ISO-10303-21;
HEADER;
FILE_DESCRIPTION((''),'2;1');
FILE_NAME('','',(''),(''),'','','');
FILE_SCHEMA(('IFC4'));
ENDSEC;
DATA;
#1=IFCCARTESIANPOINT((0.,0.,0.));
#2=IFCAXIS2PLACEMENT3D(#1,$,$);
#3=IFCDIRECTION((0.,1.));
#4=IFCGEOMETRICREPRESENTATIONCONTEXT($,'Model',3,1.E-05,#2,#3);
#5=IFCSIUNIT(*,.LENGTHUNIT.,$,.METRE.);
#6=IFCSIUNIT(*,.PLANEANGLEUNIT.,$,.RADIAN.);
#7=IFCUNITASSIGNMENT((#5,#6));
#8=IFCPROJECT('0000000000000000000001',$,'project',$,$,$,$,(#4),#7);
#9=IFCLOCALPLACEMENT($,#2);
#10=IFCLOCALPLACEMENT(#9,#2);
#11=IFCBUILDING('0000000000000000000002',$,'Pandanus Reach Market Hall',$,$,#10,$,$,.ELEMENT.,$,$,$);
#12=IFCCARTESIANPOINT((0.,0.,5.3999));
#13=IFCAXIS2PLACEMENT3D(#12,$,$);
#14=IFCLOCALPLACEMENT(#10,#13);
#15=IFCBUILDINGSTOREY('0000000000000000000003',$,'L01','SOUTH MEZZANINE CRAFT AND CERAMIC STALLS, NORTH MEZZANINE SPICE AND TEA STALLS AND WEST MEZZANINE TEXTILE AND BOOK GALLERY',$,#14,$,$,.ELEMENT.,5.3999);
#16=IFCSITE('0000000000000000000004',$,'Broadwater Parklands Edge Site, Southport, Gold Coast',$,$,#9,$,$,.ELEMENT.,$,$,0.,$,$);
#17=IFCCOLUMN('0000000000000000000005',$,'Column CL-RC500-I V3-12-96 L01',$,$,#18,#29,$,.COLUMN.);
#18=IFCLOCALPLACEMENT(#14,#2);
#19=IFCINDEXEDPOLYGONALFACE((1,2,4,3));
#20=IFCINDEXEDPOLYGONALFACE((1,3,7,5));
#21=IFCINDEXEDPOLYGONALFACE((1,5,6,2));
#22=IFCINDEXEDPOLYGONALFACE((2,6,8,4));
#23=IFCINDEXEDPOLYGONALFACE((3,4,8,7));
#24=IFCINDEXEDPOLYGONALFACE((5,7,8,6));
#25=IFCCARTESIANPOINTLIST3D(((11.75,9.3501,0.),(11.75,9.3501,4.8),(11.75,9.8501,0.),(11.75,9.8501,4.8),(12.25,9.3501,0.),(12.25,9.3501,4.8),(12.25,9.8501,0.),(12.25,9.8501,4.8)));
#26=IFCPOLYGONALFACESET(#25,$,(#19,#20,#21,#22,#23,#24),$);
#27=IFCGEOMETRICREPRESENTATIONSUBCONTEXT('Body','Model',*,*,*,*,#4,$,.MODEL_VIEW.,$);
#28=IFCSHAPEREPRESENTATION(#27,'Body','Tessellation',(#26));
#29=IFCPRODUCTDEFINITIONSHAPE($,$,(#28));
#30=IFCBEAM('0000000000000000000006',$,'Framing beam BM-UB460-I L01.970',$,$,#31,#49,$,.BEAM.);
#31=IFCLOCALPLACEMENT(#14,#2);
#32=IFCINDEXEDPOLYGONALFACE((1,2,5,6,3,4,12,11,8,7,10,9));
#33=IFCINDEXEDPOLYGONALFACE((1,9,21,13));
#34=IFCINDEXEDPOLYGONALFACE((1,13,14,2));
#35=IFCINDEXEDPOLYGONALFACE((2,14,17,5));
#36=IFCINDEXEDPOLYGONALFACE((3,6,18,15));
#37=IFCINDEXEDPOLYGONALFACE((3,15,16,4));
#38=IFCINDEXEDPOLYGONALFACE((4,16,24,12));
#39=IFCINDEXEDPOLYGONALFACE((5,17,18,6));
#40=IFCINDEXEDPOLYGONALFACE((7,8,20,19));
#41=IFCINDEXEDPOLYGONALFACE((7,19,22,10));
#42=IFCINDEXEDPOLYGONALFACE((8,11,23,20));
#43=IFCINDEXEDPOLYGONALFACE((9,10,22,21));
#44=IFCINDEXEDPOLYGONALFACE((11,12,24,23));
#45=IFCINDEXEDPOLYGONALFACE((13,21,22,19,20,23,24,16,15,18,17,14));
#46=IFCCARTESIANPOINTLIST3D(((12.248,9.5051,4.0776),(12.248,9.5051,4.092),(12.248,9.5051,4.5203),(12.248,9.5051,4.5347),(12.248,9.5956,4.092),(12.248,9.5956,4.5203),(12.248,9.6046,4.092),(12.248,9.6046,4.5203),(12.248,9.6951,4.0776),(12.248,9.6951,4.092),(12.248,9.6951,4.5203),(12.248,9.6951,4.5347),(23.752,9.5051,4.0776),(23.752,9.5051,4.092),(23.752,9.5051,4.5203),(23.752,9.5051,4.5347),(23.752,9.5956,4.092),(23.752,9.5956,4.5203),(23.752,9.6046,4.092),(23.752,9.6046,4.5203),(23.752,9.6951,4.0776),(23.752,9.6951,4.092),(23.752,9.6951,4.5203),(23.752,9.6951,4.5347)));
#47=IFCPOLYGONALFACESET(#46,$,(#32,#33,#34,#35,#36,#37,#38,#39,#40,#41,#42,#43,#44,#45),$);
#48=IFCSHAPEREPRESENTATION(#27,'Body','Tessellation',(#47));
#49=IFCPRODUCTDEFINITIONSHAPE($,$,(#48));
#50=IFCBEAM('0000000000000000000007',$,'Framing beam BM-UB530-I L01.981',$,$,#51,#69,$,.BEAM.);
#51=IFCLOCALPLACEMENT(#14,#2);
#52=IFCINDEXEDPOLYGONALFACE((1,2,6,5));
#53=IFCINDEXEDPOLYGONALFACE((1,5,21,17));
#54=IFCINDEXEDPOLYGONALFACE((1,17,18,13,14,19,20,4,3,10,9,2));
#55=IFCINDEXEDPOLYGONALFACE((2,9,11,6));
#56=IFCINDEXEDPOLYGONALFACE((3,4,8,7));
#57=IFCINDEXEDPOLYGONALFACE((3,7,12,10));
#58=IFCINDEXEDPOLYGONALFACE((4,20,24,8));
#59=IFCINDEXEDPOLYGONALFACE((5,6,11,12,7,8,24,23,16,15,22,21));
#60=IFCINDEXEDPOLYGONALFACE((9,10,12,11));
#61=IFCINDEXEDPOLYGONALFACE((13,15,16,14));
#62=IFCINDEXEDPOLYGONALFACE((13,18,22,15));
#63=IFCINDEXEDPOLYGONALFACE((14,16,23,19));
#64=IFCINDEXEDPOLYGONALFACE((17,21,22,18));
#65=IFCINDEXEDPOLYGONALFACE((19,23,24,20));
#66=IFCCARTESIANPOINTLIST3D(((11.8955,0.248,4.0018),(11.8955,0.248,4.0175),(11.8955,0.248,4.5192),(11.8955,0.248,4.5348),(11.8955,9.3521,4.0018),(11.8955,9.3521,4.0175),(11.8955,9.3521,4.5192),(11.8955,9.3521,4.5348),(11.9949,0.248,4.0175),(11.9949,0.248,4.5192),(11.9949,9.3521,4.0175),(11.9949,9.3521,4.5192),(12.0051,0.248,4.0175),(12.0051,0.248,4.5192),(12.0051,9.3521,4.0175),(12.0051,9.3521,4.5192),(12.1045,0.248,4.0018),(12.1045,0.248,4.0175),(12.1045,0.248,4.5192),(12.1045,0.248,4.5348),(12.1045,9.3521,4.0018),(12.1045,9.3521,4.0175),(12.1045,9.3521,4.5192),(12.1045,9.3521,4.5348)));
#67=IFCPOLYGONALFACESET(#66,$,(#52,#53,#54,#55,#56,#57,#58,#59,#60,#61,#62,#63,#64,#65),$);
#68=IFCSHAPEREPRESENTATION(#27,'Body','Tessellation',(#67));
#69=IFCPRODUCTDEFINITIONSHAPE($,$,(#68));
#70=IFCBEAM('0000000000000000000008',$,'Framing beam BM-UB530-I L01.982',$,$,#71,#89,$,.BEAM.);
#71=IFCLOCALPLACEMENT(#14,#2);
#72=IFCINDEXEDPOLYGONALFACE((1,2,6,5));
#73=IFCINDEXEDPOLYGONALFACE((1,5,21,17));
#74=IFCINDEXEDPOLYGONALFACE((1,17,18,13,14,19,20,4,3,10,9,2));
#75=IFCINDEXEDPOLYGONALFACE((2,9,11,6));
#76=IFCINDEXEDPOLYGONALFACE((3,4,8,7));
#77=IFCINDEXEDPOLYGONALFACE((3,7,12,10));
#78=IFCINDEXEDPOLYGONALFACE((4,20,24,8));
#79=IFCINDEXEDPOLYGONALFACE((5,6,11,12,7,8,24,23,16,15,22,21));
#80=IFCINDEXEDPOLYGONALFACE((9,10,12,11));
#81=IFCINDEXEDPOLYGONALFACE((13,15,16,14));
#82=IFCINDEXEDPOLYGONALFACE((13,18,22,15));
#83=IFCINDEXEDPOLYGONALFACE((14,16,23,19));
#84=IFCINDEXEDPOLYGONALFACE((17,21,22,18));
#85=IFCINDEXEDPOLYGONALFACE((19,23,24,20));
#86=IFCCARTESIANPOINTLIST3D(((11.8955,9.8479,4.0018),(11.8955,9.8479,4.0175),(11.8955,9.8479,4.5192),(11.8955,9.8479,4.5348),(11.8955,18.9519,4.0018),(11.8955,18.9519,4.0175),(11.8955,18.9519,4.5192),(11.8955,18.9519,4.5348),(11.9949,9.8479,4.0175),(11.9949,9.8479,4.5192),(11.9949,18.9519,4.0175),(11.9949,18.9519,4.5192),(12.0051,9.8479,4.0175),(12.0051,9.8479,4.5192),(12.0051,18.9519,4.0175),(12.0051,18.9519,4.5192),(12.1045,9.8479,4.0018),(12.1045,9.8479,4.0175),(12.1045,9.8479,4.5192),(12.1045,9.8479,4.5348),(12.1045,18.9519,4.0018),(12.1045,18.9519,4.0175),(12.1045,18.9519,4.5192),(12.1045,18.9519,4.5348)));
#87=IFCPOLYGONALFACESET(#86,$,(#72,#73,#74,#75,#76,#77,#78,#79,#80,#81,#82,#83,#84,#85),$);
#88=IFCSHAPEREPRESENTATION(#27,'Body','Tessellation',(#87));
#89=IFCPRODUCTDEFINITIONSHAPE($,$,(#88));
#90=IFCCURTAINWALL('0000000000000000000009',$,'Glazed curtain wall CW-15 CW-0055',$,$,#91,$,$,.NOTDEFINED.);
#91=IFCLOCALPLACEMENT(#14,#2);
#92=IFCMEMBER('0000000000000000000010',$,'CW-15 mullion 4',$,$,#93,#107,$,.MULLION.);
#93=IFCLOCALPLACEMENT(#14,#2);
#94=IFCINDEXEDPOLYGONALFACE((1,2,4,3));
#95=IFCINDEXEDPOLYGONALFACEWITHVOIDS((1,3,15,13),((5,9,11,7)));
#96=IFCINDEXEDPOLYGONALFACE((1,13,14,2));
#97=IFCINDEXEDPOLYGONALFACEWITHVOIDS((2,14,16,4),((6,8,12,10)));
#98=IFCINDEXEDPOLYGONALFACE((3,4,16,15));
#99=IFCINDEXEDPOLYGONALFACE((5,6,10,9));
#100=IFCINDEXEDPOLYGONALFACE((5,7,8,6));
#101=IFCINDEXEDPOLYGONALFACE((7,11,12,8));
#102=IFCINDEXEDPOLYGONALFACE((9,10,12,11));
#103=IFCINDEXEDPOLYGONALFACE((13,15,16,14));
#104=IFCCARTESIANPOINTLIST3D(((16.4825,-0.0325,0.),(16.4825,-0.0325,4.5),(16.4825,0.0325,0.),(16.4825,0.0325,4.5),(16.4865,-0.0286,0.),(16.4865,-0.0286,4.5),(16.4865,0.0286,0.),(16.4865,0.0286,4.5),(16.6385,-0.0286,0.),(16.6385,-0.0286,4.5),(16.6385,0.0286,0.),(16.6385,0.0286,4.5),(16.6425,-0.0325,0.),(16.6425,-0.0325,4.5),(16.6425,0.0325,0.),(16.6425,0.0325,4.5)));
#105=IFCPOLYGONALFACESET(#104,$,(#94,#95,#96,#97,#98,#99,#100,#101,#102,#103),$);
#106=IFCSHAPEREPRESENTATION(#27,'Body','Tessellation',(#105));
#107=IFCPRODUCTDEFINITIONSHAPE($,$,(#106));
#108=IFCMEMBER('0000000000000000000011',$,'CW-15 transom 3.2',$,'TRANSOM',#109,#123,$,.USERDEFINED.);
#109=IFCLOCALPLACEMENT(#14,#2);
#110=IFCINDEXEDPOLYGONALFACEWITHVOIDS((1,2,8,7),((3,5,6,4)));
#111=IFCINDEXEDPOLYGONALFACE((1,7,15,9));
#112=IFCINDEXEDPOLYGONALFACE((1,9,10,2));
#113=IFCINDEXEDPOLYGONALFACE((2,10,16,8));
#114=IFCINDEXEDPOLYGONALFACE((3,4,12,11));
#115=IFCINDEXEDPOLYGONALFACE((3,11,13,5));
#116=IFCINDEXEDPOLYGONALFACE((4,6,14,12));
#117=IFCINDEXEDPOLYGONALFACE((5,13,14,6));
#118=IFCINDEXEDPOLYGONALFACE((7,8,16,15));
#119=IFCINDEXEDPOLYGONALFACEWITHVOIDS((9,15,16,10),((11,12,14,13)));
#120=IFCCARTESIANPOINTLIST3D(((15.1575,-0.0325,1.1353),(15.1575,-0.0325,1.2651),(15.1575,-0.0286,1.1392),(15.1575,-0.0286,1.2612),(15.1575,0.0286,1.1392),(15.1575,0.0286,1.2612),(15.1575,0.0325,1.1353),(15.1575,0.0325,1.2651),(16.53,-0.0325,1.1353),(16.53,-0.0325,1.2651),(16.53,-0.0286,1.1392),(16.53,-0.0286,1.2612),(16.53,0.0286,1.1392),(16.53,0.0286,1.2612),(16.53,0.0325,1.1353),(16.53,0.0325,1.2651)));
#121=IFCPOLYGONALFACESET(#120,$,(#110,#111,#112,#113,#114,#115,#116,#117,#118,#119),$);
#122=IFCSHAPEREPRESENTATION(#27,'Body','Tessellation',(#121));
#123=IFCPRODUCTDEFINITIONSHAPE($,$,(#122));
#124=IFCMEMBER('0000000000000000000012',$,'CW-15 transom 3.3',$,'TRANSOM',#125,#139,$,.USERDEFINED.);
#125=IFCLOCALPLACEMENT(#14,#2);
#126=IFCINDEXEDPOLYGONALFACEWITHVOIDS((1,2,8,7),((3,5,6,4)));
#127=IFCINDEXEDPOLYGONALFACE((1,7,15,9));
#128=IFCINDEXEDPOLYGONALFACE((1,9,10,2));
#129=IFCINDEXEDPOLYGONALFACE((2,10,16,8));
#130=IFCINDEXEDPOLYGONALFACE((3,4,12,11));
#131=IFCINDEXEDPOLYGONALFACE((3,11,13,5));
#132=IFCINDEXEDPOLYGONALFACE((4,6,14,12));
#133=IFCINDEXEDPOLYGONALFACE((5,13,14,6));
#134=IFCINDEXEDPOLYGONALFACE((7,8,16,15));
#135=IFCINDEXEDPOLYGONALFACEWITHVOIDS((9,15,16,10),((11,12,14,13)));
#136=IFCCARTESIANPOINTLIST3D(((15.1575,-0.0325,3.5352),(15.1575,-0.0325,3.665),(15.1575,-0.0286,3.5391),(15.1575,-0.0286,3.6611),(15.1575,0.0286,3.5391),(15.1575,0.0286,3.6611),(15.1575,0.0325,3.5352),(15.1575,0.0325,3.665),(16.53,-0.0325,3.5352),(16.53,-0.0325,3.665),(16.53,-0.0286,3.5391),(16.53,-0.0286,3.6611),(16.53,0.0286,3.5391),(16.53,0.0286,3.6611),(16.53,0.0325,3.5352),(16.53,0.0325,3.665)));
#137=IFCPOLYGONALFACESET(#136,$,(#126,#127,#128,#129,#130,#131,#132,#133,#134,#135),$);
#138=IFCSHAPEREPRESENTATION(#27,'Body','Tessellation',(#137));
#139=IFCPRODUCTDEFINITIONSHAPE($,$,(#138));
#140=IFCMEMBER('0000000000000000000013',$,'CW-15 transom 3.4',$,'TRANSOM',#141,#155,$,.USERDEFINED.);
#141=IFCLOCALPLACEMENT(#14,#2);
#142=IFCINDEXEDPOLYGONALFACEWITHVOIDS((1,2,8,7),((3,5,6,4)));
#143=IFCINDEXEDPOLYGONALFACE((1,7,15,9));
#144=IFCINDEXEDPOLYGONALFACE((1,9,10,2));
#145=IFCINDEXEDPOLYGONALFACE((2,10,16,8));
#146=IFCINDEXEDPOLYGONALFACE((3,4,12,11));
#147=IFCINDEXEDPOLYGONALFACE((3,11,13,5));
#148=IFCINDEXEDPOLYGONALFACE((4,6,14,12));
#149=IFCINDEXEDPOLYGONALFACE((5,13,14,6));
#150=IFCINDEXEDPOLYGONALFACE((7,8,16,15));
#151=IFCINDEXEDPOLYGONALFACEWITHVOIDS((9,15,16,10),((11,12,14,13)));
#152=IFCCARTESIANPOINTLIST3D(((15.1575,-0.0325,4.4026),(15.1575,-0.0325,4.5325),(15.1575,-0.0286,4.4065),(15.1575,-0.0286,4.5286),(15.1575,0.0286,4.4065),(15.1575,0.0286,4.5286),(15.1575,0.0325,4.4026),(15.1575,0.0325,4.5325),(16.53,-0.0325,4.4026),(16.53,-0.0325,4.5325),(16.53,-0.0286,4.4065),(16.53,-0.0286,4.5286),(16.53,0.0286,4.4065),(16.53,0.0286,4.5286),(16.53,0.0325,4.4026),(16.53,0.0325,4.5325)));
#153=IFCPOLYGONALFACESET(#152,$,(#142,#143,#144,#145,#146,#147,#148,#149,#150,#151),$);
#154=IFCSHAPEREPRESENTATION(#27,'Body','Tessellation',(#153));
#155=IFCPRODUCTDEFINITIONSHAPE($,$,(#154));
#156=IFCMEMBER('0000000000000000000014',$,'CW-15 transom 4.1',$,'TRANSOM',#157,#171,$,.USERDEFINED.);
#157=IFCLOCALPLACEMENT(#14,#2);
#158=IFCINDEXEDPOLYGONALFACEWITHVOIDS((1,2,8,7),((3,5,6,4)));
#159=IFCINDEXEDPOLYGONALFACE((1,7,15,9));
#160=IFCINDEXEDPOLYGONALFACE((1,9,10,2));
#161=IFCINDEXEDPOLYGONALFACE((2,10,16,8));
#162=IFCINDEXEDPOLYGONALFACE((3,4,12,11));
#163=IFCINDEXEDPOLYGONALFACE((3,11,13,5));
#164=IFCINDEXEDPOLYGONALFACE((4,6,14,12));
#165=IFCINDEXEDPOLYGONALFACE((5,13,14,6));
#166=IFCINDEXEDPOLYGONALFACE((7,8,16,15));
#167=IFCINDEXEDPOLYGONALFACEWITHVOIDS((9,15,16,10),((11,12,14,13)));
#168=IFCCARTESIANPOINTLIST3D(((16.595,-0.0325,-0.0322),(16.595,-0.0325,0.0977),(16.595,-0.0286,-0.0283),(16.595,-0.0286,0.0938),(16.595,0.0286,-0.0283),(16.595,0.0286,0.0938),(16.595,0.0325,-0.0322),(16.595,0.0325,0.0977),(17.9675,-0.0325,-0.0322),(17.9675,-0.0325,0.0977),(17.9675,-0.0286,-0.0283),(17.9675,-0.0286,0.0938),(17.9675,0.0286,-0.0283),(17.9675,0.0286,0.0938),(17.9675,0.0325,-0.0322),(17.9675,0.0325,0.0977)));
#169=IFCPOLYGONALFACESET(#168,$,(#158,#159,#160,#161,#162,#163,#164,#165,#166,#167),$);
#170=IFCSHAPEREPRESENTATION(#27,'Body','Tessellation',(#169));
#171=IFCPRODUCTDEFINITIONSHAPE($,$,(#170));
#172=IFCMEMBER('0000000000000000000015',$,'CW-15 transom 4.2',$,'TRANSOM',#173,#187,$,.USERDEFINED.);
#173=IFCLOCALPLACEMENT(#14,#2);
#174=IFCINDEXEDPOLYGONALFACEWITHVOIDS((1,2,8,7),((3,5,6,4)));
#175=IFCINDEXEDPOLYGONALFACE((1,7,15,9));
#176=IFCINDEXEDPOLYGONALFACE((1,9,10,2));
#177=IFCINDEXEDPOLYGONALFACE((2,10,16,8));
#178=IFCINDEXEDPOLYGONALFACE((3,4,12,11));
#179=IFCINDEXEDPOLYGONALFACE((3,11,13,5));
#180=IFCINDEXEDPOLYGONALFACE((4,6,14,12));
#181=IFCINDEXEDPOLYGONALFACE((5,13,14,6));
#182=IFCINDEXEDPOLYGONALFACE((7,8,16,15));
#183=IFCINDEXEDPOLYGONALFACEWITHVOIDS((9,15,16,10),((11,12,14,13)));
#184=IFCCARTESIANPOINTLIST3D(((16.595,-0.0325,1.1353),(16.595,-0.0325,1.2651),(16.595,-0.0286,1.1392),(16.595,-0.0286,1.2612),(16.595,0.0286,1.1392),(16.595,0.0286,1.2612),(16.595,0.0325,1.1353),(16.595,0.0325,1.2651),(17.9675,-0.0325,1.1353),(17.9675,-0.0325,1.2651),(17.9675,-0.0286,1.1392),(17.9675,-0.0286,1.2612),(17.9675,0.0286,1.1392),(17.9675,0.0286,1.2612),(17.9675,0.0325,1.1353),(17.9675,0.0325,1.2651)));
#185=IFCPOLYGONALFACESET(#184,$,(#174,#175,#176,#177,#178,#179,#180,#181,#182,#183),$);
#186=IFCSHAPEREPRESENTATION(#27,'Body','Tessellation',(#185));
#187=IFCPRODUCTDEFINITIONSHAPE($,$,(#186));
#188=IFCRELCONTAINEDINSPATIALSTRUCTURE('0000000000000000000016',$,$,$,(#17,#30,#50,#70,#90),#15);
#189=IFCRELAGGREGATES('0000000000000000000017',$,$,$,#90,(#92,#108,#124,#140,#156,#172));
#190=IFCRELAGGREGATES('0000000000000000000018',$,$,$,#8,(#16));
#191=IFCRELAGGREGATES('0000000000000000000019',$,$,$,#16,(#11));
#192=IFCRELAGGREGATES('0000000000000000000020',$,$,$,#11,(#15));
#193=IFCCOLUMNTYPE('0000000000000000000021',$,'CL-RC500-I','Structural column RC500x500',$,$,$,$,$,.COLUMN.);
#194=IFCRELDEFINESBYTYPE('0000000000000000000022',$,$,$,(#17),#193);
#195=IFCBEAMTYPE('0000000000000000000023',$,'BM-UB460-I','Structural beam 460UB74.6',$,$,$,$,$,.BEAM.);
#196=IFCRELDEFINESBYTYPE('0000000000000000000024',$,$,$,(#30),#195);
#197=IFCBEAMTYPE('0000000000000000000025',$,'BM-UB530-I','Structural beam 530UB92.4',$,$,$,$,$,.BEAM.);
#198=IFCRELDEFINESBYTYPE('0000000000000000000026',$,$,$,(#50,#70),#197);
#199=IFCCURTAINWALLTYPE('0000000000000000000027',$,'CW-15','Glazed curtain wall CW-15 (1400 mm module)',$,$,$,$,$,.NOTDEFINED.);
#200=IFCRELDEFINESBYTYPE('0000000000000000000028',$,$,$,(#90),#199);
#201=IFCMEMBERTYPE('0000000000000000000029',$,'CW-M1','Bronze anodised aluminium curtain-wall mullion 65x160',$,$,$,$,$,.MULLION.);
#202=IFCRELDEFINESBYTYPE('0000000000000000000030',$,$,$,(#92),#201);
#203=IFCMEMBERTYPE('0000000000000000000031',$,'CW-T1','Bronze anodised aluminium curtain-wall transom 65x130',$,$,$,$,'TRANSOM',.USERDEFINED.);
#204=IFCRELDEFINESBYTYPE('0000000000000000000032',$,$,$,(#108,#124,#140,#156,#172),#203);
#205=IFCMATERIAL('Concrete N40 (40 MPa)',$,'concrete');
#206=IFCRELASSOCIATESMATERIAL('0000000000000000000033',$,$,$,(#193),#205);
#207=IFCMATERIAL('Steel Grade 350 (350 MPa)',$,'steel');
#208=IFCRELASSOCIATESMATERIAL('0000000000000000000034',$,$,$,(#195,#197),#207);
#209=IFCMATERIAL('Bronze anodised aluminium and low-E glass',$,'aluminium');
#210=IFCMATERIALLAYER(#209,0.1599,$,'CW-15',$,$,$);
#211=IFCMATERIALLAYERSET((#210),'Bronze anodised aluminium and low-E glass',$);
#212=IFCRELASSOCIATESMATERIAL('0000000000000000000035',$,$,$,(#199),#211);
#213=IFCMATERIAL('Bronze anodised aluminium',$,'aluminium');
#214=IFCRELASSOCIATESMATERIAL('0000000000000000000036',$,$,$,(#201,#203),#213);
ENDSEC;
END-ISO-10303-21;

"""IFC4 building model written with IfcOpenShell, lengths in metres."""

from ifc_helpers import new_model, si_unit, direction, frame, origin, origin_2d, place, context, subcontext, project, spatial, rectangle, hollow_rectangle, i_section, extrude, material, layer, layer_set, material_profile, profile_set, type_object, element, aggregate, save


model = new_model("IFC4")

# Units and contexts
model_context = context("Model", 3, precision=1e-05, world=origin(), true_north=direction((0.0, 1.0)))
body_context = subcontext(model_context, "Body", "Model", "MODEL_VIEW")
ifc_project = project(units=[si_unit("LENGTHUNIT", "METRE"), si_unit("PLANEANGLEUNIT", "RADIAN")], contexts=[model_context])

# Site, building, storey
site_placement = place(None, origin())
site = spatial("IfcSite", under=ifc_project, at=site_placement, Name="Broadwater Parklands Edge Site, Southport, Gold Coast", CompositionType="ELEMENT", RefElevation=0.0)
building_placement = place(site_placement, origin())
building = spatial("IfcBuilding", under=site, at=building_placement, Name="Pandanus Reach Market Hall", CompositionType="ELEMENT")
storey_placement = place(building_placement, frame((0.0, 0.0, 5.3999)))
storey = spatial("IfcBuildingStorey", under=building, at=storey_placement, Name="L01", Description="SOUTH MEZZANINE CRAFT AND CERAMIC STALLS, NORTH MEZZANINE SPICE AND TEA STALLS AND WEST MEZZANINE TEXTILE AND BOOK GALLERY", CompositionType="ELEMENT", Elevation=5.3999)

# Column
ifc_material_1 = material(Name="Concrete N40 (40 MPa)", Category="concrete")
ifc_material_profile_1 = material_profile(ifc_material_1, rectangle(XDim=0.5, YDim=0.5, at=origin_2d()), Name="RC500x500", Category="LoadBearing")
ifc_profile_set_1 = profile_set([ifc_material_profile_1], Name="Concrete N40 (40 MPa)")
column_type = type_object("IfcColumnType", Name="CL-RC500-I", Description="Structural column RC500x500", PredefinedType="COLUMN", material=ifc_profile_set_1)
column_placement = place(storey_placement, frame((12.0, 9.6001, 0.0), z_axis=(0.0, 0.0, 1.0), x_axis=(1.0, 0.0, 0.0)))
element("IfcColumn", 1, at=column_placement, inside=storey, type_object=column_type, Name="Column CL-RC500-I V3-12-96 L01", PredefinedType="COLUMN", context=body_context, shape_type="SweptSolid", body=[
    extrude(rectangle(XDim=0.5, YDim=0.5, at=origin_2d()), origin(), (0.0, 0.0, 1.0), 4.8),
])

# Beams
ifc_material_2 = material(Name="Steel Grade 350 (350 MPa)", Category="steel")
ifc_material_profile_2 = material_profile(ifc_material_2, i_section(OverallWidth=0.1899, OverallDepth=0.457, WebThickness=0.009, FlangeThickness=0.0144, at=origin_2d()), Name="460UB74.6", Category="LoadBearing")
ifc_profile_set_2 = profile_set([ifc_material_profile_2], Name="Steel Grade 350 (350 MPa)")
beam_type_1 = type_object("IfcBeamType", Name="BM-UB460-I", Description="Structural beam 460UB74.6", PredefinedType="BEAM", material=ifc_profile_set_2)
beam_1_placement = place(storey_placement, frame((12.248, 9.6001, 4.3062), z_axis=(1.0, 0.0, 0.0), x_axis=(0.0, 1.0, 0.0)))
element("IfcBeam", 2, at=beam_1_placement, inside=storey, type_object=beam_type_1, Name="Framing beam BM-UB460-I L01.970", PredefinedType="BEAM", context=body_context, shape_type="SweptSolid", body=[
    extrude(i_section(OverallWidth=0.1899, OverallDepth=0.457, WebThickness=0.009, FlangeThickness=0.0144, at=origin_2d()), origin(), (0.0, 0.0, 1.0), 11.5039),
])
ifc_material_profile_3 = material_profile(ifc_material_2, i_section(OverallWidth=0.209, OverallDepth=0.533, WebThickness=0.0103, FlangeThickness=0.0156, at=origin_2d()), Name="530UB92.4", Category="LoadBearing")
ifc_profile_set_3 = profile_set([ifc_material_profile_3], Name="Steel Grade 350 (350 MPa)")
beam_type_2 = type_object("IfcBeamType", Name="BM-UB530-I", Description="Structural beam 530UB92.4", PredefinedType="BEAM", material=ifc_profile_set_3)
for number, where, z_axis, x_axis, name in (
    (3, (12.0, 0.248, 4.2683), (0.0, 1.0, 0.0), (-1.0, 0.0, 0.0), "Framing beam BM-UB530-I L01.981"),
    (4, (12.0, 9.8479, 4.2683), (0.0, 1.0, 0.0), (-1.0, 0.0, 0.0), "Framing beam BM-UB530-I L01.982"),
):
    element("IfcBeam", number, at=place(storey_placement, frame(where, z_axis=z_axis, x_axis=x_axis)), inside=storey, type_object=beam_type_2, Name=name, PredefinedType="BEAM", context=body_context, shape_type="SweptSolid", body=[
        extrude(i_section(OverallWidth=0.209, OverallDepth=0.533, WebThickness=0.0103, FlangeThickness=0.0156, at=origin_2d()), origin(), (0.0, 0.0, 1.0), 9.104),
    ])

# Curtain wall, members
ifc_material_3 = material(Name="Bronze anodised aluminium and low-E glass", Category="aluminium")
ifc_layer_1 = layer(ifc_material_3, 0.1599, Name="CW-15")
ifc_layer_set_1 = layer_set([ifc_layer_1], Name="Bronze anodised aluminium and low-E glass")
curtain_wall_type = type_object("IfcCurtainWallType", Name="CW-15", Description="Glazed curtain wall CW-15 (1400 mm module)", PredefinedType="NOTDEFINED", material=ifc_layer_set_1)
curtain_wall_placement = place(storey_placement, origin())
curtain_wall = element("IfcCurtainWall", 5, at=curtain_wall_placement, inside=storey, type_object=curtain_wall_type, Name="Glazed curtain wall CW-15 CW-0055", PredefinedType="NOTDEFINED")
ifc_material_4 = material(Name="Bronze anodised aluminium", Category="aluminium")
ifc_material_profile_4 = material_profile(ifc_material_4, hollow_rectangle(XDim=0.0649, YDim=0.1599, WallThickness=0.0039, at=origin_2d()), Name="ALU65x160", Category="LoadBearing")
ifc_profile_set_4 = profile_set([ifc_material_profile_4], Name="Bronze anodised aluminium")
member_type_1 = type_object("IfcMemberType", Name="CW-M1", Description="Bronze anodised aluminium curtain-wall mullion 65x160", PredefinedType="MULLION", material=ifc_profile_set_4)
member_1_placement = place(storey_placement, frame((16.5625, 0.0, 0.0), z_axis=(0.0, 0.0, 1.0), x_axis=(0.0, 1.0, 0.0)))
member_1 = element("IfcMember", 6, at=member_1_placement, type_object=member_type_1, Name="CW-15 mullion 4", PredefinedType="MULLION", context=body_context, shape_type="SweptSolid", body=[
    extrude(hollow_rectangle(XDim=0.0649, YDim=0.1599, WallThickness=0.0039, at=origin_2d()), origin(), (0.0, 0.0, 1.0), 4.5),
])
ifc_material_profile_5 = material_profile(ifc_material_4, hollow_rectangle(XDim=0.0649, YDim=0.1299, WallThickness=0.0039, at=origin_2d()), Name="ALU65x130", Category="LoadBearing")
ifc_profile_set_5 = profile_set([ifc_material_profile_5], Name="Bronze anodised aluminium")
member_type_2 = type_object("IfcMemberType", Name="CW-T1", Description="Bronze anodised aluminium curtain-wall transom 65x130", ElementType="TRANSOM", PredefinedType="USERDEFINED", material=ifc_profile_set_5)
member_2_placement = place(storey_placement, frame((15.1575, 0.0, 1.2002), z_axis=(1.0, 0.0, 0.0), x_axis=(0.0, 1.0, 0.0)))
member_2 = element("IfcMember", 7, at=member_2_placement, type_object=member_type_2, Name="CW-15 transom 3.2", ObjectType="TRANSOM", PredefinedType="USERDEFINED", context=body_context, shape_type="SweptSolid", body=[
    extrude(hollow_rectangle(XDim=0.0649, YDim=0.1299, WallThickness=0.0039, at=origin_2d()), origin(), (0.0, 0.0, 1.0), 1.3726),
])
member_3_placement = place(storey_placement, frame((15.1575, 0.0, 3.6001), z_axis=(1.0, 0.0, 0.0), x_axis=(0.0, 1.0, 0.0)))
member_3 = element("IfcMember", 8, at=member_3_placement, type_object=member_type_2, Name="CW-15 transom 3.3", ObjectType="TRANSOM", PredefinedType="USERDEFINED", context=body_context, shape_type="SweptSolid", body=[
    extrude(hollow_rectangle(XDim=0.0649, YDim=0.1299, WallThickness=0.0039, at=origin_2d()), origin(), (0.0, 0.0, 1.0), 1.3726),
])
member_4_placement = place(storey_placement, frame((15.1575, 0.0, 4.4675), z_axis=(1.0, 0.0, 0.0), x_axis=(0.0, 1.0, 0.0)))
member_4 = element("IfcMember", 9, at=member_4_placement, type_object=member_type_2, Name="CW-15 transom 3.4", ObjectType="TRANSOM", PredefinedType="USERDEFINED", context=body_context, shape_type="SweptSolid", body=[
    extrude(hollow_rectangle(XDim=0.0649, YDim=0.1299, WallThickness=0.0039, at=origin_2d()), origin(), (0.0, 0.0, 1.0), 1.3726),
])
member_5_placement = place(storey_placement, frame((16.595, 0.0, 0.0327), z_axis=(1.0, 0.0, 0.0), x_axis=(0.0, 1.0, 0.0)))
member_5 = element("IfcMember", 10, at=member_5_placement, type_object=member_type_2, Name="CW-15 transom 4.1", ObjectType="TRANSOM", PredefinedType="USERDEFINED", context=body_context, shape_type="SweptSolid", body=[
    extrude(hollow_rectangle(XDim=0.0649, YDim=0.1299, WallThickness=0.0039, at=origin_2d()), origin(), (0.0, 0.0, 1.0), 1.3726),
])
member_6_placement = place(storey_placement, frame((16.595, 0.0, 1.2002), z_axis=(1.0, 0.0, 0.0), x_axis=(0.0, 1.0, 0.0)))
member_6 = element("IfcMember", 11, at=member_6_placement, type_object=member_type_2, Name="CW-15 transom 4.2", ObjectType="TRANSOM", PredefinedType="USERDEFINED", context=body_context, shape_type="SweptSolid", body=[
    extrude(hollow_rectangle(XDim=0.0649, YDim=0.1299, WallThickness=0.0039, at=origin_2d()), origin(), (0.0, 0.0, 1.0), 1.3726),
])

aggregate(curtain_wall, [member_1, member_2, member_3, member_4, member_5, member_6])

save(model, "model.ifc")
